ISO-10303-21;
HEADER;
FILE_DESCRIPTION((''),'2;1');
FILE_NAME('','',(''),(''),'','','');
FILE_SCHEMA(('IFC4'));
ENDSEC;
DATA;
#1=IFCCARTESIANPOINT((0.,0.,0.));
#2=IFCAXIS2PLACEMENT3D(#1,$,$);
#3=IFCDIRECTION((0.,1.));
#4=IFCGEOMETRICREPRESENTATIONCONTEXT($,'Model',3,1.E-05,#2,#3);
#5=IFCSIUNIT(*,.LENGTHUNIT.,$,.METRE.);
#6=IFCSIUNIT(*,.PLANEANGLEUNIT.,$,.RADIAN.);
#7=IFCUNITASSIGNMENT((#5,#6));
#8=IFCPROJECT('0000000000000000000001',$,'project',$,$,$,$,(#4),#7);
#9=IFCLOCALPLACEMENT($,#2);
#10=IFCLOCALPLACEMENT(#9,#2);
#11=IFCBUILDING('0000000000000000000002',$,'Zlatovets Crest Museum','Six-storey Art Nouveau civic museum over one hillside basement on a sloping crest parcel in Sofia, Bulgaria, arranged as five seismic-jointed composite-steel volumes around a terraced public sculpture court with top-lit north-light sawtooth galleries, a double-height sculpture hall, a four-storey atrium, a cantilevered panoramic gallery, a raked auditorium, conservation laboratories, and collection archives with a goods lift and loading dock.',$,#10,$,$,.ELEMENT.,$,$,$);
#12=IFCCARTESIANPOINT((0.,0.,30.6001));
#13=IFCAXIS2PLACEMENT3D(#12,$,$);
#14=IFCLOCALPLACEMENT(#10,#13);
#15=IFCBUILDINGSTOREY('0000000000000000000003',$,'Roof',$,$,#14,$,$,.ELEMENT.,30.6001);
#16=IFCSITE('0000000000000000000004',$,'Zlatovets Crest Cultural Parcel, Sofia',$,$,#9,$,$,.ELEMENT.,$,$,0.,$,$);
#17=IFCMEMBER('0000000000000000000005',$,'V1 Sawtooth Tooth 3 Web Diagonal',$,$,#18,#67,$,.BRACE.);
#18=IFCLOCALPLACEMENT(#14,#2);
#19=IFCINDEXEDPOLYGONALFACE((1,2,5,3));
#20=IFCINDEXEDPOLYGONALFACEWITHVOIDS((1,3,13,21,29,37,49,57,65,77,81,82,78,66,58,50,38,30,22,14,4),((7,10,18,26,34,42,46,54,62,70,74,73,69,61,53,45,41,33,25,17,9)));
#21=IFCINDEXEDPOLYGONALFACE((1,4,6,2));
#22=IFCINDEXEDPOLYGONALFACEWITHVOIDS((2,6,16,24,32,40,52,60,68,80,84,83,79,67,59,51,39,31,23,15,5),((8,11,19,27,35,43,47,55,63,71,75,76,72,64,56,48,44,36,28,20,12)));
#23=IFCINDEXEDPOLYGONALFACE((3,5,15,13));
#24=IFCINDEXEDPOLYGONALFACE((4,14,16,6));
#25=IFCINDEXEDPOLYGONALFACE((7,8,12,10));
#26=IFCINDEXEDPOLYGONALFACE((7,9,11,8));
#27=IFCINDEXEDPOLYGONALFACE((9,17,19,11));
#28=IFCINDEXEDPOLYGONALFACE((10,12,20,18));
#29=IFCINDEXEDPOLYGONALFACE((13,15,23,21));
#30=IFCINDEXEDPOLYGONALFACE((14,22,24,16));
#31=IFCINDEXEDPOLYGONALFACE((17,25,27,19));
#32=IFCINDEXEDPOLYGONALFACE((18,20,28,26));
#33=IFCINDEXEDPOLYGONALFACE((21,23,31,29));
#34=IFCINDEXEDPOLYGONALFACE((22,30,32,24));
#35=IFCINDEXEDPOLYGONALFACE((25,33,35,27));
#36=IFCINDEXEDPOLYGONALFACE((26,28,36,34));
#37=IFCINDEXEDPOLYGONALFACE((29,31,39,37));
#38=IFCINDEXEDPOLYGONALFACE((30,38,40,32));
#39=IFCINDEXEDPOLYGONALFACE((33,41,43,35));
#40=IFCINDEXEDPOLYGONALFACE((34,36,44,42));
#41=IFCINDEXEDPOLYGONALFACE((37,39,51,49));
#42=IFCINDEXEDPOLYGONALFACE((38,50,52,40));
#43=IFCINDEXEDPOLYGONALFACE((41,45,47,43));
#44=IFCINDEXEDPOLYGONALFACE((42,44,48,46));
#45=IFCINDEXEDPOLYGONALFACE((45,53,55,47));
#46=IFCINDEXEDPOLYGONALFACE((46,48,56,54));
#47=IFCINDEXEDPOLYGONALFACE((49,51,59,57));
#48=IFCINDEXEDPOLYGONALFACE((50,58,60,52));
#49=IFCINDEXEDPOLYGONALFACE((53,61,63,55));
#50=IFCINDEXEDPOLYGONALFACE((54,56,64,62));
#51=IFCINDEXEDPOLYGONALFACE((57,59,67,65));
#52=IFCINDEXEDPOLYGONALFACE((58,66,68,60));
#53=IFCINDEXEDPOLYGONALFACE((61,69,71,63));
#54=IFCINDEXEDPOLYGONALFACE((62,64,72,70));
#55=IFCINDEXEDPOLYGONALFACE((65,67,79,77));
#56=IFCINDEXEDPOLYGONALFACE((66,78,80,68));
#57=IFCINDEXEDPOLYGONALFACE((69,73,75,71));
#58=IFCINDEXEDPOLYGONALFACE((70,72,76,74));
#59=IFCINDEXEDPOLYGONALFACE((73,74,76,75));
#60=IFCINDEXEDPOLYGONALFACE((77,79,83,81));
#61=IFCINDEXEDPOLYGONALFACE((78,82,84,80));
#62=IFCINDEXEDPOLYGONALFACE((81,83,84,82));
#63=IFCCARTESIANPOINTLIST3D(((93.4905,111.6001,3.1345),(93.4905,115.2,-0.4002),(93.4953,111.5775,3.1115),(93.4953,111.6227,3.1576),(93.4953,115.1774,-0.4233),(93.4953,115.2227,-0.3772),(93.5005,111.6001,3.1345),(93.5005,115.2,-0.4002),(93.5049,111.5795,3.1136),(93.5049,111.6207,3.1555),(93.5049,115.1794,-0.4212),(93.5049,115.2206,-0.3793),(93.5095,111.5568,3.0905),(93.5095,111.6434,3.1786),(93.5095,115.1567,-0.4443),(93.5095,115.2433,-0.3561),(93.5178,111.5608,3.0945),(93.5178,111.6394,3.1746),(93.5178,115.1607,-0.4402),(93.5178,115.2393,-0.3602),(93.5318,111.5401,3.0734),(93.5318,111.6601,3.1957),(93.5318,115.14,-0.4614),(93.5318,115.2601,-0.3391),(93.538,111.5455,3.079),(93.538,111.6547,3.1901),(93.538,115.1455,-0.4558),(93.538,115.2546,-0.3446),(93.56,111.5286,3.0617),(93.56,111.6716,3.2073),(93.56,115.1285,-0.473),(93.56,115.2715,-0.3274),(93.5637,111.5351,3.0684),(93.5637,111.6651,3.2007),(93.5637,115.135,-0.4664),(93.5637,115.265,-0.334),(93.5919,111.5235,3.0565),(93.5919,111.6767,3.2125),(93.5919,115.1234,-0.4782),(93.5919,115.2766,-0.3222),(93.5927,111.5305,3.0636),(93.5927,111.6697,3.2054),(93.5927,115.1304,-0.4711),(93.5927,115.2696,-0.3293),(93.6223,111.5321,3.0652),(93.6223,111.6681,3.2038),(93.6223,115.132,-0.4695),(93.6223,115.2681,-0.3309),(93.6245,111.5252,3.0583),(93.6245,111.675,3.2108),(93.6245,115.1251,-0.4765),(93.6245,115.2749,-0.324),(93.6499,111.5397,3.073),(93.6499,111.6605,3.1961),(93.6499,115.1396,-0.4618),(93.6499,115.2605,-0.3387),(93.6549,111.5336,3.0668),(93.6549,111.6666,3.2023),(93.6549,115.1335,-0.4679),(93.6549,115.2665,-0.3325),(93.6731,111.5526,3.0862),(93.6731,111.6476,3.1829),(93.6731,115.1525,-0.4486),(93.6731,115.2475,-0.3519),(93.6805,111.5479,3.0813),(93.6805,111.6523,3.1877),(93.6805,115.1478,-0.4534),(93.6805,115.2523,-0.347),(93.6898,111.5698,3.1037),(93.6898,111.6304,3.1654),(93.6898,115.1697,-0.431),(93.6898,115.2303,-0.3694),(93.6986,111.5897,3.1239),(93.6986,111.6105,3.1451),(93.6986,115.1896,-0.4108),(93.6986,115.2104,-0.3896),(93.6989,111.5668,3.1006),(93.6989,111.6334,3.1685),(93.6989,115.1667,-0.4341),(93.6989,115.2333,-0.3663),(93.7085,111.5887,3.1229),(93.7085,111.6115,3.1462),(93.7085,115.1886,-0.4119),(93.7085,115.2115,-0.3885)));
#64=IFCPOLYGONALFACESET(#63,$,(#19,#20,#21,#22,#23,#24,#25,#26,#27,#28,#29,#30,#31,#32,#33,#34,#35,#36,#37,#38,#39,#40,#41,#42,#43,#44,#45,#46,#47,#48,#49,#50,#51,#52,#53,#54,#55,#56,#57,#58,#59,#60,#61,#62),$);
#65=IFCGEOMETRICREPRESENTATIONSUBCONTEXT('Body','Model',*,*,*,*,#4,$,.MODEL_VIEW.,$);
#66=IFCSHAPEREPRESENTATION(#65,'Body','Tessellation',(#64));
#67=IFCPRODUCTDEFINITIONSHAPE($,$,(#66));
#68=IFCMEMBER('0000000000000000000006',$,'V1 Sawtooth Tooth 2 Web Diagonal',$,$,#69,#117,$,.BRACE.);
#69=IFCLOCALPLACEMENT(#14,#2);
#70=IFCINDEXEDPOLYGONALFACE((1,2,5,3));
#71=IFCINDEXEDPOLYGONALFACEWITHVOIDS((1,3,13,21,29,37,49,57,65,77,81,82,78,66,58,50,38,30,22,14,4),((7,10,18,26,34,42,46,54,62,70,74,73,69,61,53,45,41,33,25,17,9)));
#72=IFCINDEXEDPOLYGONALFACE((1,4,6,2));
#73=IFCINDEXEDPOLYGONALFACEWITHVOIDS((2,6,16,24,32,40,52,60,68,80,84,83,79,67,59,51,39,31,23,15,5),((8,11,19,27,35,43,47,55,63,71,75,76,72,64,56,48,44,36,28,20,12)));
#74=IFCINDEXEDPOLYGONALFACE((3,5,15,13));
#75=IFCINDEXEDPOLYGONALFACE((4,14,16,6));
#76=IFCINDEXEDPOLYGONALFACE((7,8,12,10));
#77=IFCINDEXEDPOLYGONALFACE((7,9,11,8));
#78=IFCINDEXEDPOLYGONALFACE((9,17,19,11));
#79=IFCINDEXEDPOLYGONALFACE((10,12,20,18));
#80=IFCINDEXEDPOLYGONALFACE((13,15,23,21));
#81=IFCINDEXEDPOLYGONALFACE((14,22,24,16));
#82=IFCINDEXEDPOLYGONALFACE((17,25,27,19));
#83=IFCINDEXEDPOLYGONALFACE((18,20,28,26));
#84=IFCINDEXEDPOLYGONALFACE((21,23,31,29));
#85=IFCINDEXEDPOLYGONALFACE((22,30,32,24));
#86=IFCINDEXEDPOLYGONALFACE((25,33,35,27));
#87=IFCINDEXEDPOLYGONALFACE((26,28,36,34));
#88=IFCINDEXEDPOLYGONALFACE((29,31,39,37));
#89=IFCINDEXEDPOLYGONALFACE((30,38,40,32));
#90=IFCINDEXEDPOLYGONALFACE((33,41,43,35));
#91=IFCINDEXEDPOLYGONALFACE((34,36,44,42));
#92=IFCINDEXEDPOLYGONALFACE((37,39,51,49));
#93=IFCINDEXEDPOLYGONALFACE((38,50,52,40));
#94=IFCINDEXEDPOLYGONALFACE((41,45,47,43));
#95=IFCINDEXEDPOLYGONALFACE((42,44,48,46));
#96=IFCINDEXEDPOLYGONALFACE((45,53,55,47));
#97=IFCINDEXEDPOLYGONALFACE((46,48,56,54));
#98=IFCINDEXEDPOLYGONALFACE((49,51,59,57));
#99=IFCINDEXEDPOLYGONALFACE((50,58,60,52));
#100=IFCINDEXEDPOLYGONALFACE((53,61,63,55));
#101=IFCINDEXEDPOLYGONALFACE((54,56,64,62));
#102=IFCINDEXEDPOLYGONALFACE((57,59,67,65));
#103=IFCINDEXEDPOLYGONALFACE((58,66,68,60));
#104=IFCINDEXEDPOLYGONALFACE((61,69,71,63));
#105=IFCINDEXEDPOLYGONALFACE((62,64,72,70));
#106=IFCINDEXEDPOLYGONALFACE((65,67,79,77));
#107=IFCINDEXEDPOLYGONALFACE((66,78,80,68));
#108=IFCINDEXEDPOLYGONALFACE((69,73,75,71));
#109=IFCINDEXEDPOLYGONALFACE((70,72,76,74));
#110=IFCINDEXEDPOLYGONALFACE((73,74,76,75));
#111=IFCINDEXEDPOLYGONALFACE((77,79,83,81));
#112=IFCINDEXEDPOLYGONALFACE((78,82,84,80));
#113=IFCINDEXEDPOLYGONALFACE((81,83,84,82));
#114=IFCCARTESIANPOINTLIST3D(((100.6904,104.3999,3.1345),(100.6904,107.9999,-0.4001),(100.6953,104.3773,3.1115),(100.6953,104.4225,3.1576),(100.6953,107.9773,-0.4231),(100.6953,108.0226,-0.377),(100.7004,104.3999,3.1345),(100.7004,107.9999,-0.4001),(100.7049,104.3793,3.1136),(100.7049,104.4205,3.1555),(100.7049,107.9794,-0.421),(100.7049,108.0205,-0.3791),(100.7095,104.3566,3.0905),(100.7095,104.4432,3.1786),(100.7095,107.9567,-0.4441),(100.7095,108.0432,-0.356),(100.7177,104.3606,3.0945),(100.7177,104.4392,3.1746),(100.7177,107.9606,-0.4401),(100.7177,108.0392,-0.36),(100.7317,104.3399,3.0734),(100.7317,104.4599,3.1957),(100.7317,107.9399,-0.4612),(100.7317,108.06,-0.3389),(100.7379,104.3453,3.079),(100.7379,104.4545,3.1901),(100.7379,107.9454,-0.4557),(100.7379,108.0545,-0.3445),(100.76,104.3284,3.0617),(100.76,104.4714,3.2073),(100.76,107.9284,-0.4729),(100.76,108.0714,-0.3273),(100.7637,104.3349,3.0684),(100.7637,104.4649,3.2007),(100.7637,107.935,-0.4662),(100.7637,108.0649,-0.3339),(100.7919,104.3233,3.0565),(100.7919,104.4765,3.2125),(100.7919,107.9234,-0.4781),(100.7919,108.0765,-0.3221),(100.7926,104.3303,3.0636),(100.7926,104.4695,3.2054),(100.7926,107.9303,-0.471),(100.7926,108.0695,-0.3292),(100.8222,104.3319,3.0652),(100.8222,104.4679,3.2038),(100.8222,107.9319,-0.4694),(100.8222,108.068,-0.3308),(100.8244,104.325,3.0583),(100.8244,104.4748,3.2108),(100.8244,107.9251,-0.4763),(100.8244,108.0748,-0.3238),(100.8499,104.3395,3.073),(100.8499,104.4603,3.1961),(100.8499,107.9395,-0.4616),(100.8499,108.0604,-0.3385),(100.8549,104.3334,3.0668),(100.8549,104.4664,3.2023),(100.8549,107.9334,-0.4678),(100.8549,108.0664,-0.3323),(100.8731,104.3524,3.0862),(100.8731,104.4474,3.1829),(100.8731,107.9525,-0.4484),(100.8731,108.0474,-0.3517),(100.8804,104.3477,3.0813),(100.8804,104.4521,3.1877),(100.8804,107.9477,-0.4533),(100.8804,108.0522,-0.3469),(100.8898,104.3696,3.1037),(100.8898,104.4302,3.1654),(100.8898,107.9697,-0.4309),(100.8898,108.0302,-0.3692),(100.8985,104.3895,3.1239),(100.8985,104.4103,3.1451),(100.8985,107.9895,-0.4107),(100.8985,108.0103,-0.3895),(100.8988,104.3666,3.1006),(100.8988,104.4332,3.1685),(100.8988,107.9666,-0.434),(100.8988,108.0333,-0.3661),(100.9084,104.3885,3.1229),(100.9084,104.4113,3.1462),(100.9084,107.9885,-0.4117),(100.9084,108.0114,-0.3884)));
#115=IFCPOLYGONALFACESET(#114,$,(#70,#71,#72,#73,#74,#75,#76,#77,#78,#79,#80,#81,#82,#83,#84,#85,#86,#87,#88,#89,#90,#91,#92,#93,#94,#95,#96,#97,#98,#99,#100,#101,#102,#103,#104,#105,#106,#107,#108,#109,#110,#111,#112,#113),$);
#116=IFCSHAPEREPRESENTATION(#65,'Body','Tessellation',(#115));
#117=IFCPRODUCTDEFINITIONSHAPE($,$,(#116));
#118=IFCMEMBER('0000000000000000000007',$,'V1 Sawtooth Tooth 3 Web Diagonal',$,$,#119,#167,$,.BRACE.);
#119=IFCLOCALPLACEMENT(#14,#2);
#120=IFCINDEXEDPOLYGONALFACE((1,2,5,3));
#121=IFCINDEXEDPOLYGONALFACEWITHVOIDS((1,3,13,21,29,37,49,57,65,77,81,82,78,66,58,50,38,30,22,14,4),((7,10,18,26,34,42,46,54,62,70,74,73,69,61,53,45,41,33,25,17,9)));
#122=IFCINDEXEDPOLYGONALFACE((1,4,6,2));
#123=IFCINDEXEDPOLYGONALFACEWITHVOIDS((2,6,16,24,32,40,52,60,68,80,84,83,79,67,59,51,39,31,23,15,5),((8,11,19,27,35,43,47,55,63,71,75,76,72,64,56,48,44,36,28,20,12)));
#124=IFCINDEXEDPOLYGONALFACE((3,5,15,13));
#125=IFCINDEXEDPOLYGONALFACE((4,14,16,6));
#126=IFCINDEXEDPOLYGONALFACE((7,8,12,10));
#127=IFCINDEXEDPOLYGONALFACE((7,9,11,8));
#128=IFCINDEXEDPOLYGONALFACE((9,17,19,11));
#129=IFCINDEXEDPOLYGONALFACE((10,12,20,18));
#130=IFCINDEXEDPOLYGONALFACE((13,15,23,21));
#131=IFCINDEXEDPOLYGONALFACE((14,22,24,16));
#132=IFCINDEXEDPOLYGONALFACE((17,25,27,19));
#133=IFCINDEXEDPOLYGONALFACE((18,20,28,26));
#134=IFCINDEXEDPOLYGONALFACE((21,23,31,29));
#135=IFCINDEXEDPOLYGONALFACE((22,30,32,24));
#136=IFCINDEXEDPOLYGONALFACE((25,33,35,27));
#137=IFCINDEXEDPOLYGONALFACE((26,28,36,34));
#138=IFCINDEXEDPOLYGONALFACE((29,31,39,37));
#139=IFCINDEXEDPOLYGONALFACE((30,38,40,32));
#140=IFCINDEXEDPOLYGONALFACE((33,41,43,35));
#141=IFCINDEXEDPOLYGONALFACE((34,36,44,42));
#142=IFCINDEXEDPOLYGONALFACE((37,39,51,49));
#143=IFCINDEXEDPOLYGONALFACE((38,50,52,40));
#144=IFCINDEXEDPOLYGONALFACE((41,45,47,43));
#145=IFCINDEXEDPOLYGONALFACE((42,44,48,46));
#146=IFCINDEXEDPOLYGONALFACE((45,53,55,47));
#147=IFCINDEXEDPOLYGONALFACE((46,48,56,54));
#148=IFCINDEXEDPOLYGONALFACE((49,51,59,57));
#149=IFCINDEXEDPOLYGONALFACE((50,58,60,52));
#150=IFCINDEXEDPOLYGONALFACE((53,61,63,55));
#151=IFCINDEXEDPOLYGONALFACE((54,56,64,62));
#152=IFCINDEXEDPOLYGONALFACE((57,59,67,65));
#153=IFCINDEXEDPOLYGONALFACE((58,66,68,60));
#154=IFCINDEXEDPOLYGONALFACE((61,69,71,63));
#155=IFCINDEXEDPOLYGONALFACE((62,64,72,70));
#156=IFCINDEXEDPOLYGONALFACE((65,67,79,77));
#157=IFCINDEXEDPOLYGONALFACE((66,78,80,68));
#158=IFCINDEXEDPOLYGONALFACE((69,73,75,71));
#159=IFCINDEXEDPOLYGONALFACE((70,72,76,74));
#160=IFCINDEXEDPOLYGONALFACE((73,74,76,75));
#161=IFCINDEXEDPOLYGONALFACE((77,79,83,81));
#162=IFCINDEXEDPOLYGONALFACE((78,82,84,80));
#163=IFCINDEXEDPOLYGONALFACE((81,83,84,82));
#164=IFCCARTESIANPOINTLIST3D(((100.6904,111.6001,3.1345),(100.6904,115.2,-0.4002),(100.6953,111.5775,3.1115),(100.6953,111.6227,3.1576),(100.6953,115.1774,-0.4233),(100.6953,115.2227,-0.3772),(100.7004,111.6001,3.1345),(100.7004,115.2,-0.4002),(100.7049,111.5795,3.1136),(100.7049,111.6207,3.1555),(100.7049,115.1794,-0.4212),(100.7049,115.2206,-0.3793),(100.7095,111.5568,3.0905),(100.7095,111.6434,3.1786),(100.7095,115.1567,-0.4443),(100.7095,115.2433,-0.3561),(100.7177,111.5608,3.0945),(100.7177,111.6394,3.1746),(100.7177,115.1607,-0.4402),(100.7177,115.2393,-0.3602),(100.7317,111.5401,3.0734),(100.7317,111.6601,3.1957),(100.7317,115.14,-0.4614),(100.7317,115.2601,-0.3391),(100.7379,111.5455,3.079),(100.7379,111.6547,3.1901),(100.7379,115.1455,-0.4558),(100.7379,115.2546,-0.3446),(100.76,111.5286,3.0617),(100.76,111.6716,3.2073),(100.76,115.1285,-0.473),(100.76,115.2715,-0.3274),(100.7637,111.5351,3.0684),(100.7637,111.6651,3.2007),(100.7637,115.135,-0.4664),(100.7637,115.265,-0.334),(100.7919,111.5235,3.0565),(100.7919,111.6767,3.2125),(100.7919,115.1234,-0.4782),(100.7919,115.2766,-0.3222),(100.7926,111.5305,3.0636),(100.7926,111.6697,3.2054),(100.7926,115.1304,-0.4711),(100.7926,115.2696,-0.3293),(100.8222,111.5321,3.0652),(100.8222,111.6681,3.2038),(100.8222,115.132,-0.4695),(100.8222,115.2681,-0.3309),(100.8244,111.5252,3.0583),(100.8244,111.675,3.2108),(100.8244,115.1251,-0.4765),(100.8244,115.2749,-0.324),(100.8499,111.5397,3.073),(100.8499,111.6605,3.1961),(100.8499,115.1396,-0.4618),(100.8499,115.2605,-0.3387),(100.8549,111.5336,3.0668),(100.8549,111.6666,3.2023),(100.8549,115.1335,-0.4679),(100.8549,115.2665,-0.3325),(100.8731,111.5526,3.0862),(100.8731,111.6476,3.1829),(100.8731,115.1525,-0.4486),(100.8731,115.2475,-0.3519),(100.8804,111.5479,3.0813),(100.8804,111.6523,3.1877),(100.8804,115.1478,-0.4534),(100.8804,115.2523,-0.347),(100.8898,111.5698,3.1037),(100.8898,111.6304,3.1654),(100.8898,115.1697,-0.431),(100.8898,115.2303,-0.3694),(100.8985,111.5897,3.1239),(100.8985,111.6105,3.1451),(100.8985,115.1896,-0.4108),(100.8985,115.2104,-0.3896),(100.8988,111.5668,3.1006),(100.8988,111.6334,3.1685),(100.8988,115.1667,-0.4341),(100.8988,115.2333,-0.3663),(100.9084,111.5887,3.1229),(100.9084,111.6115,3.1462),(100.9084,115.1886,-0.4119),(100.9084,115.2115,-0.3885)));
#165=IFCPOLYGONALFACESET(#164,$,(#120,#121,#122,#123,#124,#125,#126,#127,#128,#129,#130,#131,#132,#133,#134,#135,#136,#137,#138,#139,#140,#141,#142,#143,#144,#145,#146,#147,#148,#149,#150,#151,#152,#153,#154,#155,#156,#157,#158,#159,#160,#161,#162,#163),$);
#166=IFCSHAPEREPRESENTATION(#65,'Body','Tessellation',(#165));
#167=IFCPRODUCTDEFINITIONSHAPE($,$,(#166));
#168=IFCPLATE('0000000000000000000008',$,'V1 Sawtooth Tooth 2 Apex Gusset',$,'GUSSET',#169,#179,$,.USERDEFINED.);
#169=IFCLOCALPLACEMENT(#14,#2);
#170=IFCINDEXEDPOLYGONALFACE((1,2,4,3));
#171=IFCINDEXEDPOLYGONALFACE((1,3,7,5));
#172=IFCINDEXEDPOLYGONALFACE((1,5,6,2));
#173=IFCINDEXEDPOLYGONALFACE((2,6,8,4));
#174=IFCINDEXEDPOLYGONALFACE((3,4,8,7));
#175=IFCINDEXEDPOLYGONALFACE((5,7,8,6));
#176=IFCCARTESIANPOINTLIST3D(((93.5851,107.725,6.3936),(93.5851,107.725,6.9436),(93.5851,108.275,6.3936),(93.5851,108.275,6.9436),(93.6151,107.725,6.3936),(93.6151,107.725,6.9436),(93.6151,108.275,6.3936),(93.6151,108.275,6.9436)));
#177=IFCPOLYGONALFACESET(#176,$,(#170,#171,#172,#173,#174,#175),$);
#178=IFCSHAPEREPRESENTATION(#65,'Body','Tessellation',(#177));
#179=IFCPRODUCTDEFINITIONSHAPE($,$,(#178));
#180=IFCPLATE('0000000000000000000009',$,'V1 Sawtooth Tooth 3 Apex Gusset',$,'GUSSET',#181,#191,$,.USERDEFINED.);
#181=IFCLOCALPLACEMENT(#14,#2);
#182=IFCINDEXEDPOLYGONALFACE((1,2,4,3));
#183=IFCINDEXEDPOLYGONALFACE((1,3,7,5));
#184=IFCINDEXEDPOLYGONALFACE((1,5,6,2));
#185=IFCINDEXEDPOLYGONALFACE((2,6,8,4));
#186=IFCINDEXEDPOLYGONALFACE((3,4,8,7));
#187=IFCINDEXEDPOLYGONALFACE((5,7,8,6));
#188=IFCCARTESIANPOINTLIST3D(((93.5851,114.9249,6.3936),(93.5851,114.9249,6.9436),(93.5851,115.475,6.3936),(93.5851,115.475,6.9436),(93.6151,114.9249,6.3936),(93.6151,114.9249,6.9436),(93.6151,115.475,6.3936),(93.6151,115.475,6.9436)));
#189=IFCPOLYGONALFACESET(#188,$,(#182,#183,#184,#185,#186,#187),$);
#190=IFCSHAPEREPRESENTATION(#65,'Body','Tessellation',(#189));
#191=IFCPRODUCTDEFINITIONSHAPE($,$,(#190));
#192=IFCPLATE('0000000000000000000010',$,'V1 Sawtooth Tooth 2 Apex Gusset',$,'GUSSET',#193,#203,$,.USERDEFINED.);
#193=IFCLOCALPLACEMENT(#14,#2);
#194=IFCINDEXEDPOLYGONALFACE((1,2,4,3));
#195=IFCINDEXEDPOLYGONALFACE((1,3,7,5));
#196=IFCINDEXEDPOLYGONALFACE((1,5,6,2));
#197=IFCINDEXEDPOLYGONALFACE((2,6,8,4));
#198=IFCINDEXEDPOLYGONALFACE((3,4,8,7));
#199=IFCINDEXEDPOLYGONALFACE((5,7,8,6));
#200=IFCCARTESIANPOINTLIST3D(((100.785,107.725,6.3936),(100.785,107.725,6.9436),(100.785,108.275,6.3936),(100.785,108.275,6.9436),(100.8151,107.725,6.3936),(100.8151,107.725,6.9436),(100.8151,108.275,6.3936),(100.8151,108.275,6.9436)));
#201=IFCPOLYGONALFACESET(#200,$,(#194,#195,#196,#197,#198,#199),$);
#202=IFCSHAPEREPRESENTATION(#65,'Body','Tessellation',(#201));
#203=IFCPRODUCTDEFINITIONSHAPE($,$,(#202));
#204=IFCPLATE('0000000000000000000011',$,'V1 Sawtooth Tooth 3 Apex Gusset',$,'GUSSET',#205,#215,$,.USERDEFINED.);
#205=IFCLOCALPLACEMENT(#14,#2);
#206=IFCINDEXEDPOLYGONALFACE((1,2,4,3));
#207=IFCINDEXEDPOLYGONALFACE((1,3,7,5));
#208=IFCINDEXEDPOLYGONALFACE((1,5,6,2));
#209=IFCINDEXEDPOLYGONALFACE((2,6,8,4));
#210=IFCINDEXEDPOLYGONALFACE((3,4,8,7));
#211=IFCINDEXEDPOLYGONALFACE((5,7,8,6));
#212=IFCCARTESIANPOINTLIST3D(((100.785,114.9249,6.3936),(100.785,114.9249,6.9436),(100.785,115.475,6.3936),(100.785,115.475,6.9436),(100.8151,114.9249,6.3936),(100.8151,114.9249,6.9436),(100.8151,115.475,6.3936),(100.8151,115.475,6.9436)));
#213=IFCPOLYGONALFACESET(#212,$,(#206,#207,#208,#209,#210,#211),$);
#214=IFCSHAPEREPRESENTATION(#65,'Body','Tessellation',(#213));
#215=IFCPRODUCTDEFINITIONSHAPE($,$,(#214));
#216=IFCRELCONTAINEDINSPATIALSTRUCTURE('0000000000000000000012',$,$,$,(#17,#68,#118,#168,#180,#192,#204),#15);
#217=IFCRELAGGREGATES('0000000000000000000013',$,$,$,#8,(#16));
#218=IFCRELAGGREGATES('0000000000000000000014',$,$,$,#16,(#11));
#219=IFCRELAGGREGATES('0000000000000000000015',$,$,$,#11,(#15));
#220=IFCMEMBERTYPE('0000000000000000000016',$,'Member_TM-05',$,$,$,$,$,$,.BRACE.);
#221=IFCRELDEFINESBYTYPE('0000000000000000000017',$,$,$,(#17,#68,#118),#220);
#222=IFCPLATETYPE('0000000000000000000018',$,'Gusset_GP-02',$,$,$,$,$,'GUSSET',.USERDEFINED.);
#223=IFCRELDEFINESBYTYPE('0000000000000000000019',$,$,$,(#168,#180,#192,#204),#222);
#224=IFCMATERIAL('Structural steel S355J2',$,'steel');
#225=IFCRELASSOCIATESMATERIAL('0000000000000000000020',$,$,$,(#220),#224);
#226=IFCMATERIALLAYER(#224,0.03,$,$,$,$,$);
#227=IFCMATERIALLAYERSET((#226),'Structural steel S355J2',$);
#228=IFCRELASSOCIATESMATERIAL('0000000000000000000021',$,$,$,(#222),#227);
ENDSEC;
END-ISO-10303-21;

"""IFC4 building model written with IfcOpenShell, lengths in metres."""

from ifc_helpers import new_model, si_unit, direction, frame, origin, origin_2d, place, context, subcontext, project, spatial, rectangle, hollow_circle, extrude, material, layer, layer_set, material_profile, profile_set, type_object, element, save


model = new_model("IFC4")

# Units and contexts
model_context = context("Model", 3, precision=1e-05, world=origin(), true_north=direction((0.0, 1.0)))
body_context = subcontext(model_context, "Body", "Model", "MODEL_VIEW")
ifc_project = project(units=[si_unit("LENGTHUNIT", "METRE"), si_unit("PLANEANGLEUNIT", "RADIAN")], contexts=[model_context])

# Site, building, storey
site_placement = place(None, origin())
site = spatial("IfcSite", under=ifc_project, at=site_placement, Name="Zlatovets Crest Cultural Parcel, Sofia", CompositionType="ELEMENT", RefElevation=0.0)
building_placement = place(site_placement, origin())
building = spatial("IfcBuilding", under=site, at=building_placement, Name="Zlatovets Crest Museum", Description="Six-storey Art Nouveau civic museum over one hillside basement on a sloping crest parcel in Sofia, Bulgaria, arranged as five seismic-jointed composite-steel volumes around a terraced public sculpture court with top-lit north-light sawtooth galleries, a double-height sculpture hall, a four-storey atrium, a cantilevered panoramic gallery, a raked auditorium, conservation laboratories, and collection archives with a goods lift and loading dock.", CompositionType="ELEMENT")
storey_placement = place(building_placement, frame((0.0, 0.0, 30.6001)))
storey = spatial("IfcBuildingStorey", under=building, at=storey_placement, Name="Roof", CompositionType="ELEMENT", Elevation=30.6001)

# Shared definitions
ifc_material_1 = material(Name="Structural steel S355J2", Category="steel")

# Members
ifc_material_profile_1 = material_profile(ifc_material_1, hollow_circle(Radius=0.1096, WallThickness=0.01, at=origin_2d()), Name="CHS 219.1x10.0")
ifc_profile_set_1 = profile_set([ifc_material_profile_1], Name="Structural steel S355J2")
member_type_1 = type_object("IfcMemberType", Name="Member_TM-05", PredefinedType="BRACE", material=ifc_profile_set_1)
for number, where, z_axis, x_axis, name in (
    (1, (93.6001, 111.6001, 3.1345), (0.0, 0.713538, -0.700617), (-1.0, 0.0, 0.0), "V1 Sawtooth Tooth 3 Web Diagonal"),
    (2, (100.8, 104.3999, 3.1345), (0.0, 0.713561, -0.700593), (-1.0, 0.0, 0.0), "V1 Sawtooth Tooth 2 Web Diagonal"),
    (3, (100.8, 111.6001, 3.1345), (0.0, 0.713538, -0.700617), (-1.0, 0.0, 0.0), "V1 Sawtooth Tooth 3 Web Diagonal"),
):
    element("IfcMember", number, at=place(storey_placement, frame(where, z_axis=z_axis, x_axis=x_axis)), inside=storey, type_object=member_type_1, Name=name, PredefinedType="BRACE", context=body_context, shape_type="SweptSolid", body=[
        extrude(hollow_circle(Radius=0.1096, WallThickness=0.01, at=origin_2d()), origin(), (0.0, 0.0, 1.0), 5.0452),
    ])

# Plates
ifc_layer_1 = layer(ifc_material_1, 0.03)
ifc_layer_set_1 = layer_set([ifc_layer_1], Name="Structural steel S355J2")
plate_type = type_object("IfcPlateType", Name="Gusset_GP-02", ElementType="GUSSET", PredefinedType="USERDEFINED", material=ifc_layer_set_1)
for number, where, z_axis, x_axis, name in (
    (4, (93.6001, 108.0, 6.3936), (0.0, 0.0, 1.0), (1.0, 0.0, 0.0), "V1 Sawtooth Tooth 2 Apex Gusset"),
    (5, (93.6001, 115.2, 6.3936), (0.0, 0.0, 1.0), (1.0, 0.0, 0.0), "V1 Sawtooth Tooth 3 Apex Gusset"),
    (6, (100.8, 108.0, 6.3936), (0.0, 0.0, 1.0), (1.0, 0.0, 0.0), "V1 Sawtooth Tooth 2 Apex Gusset"),
    (7, (100.8, 115.2, 6.3936), (0.0, 0.0, 1.0), (1.0, 0.0, 0.0), "V1 Sawtooth Tooth 3 Apex Gusset"),
):
    element("IfcPlate", number, at=place(storey_placement, frame(where, z_axis=z_axis, x_axis=x_axis)), inside=storey, type_object=plate_type, Name=name, ObjectType="GUSSET", PredefinedType="USERDEFINED", context=body_context, shape_type="SweptSolid", body=[
        extrude(rectangle(XDim=0.03, YDim=0.55, at=origin_2d()), origin(), (0.0, 0.0, 1.0), 0.55),
    ])

save(model, "model.ifc")
